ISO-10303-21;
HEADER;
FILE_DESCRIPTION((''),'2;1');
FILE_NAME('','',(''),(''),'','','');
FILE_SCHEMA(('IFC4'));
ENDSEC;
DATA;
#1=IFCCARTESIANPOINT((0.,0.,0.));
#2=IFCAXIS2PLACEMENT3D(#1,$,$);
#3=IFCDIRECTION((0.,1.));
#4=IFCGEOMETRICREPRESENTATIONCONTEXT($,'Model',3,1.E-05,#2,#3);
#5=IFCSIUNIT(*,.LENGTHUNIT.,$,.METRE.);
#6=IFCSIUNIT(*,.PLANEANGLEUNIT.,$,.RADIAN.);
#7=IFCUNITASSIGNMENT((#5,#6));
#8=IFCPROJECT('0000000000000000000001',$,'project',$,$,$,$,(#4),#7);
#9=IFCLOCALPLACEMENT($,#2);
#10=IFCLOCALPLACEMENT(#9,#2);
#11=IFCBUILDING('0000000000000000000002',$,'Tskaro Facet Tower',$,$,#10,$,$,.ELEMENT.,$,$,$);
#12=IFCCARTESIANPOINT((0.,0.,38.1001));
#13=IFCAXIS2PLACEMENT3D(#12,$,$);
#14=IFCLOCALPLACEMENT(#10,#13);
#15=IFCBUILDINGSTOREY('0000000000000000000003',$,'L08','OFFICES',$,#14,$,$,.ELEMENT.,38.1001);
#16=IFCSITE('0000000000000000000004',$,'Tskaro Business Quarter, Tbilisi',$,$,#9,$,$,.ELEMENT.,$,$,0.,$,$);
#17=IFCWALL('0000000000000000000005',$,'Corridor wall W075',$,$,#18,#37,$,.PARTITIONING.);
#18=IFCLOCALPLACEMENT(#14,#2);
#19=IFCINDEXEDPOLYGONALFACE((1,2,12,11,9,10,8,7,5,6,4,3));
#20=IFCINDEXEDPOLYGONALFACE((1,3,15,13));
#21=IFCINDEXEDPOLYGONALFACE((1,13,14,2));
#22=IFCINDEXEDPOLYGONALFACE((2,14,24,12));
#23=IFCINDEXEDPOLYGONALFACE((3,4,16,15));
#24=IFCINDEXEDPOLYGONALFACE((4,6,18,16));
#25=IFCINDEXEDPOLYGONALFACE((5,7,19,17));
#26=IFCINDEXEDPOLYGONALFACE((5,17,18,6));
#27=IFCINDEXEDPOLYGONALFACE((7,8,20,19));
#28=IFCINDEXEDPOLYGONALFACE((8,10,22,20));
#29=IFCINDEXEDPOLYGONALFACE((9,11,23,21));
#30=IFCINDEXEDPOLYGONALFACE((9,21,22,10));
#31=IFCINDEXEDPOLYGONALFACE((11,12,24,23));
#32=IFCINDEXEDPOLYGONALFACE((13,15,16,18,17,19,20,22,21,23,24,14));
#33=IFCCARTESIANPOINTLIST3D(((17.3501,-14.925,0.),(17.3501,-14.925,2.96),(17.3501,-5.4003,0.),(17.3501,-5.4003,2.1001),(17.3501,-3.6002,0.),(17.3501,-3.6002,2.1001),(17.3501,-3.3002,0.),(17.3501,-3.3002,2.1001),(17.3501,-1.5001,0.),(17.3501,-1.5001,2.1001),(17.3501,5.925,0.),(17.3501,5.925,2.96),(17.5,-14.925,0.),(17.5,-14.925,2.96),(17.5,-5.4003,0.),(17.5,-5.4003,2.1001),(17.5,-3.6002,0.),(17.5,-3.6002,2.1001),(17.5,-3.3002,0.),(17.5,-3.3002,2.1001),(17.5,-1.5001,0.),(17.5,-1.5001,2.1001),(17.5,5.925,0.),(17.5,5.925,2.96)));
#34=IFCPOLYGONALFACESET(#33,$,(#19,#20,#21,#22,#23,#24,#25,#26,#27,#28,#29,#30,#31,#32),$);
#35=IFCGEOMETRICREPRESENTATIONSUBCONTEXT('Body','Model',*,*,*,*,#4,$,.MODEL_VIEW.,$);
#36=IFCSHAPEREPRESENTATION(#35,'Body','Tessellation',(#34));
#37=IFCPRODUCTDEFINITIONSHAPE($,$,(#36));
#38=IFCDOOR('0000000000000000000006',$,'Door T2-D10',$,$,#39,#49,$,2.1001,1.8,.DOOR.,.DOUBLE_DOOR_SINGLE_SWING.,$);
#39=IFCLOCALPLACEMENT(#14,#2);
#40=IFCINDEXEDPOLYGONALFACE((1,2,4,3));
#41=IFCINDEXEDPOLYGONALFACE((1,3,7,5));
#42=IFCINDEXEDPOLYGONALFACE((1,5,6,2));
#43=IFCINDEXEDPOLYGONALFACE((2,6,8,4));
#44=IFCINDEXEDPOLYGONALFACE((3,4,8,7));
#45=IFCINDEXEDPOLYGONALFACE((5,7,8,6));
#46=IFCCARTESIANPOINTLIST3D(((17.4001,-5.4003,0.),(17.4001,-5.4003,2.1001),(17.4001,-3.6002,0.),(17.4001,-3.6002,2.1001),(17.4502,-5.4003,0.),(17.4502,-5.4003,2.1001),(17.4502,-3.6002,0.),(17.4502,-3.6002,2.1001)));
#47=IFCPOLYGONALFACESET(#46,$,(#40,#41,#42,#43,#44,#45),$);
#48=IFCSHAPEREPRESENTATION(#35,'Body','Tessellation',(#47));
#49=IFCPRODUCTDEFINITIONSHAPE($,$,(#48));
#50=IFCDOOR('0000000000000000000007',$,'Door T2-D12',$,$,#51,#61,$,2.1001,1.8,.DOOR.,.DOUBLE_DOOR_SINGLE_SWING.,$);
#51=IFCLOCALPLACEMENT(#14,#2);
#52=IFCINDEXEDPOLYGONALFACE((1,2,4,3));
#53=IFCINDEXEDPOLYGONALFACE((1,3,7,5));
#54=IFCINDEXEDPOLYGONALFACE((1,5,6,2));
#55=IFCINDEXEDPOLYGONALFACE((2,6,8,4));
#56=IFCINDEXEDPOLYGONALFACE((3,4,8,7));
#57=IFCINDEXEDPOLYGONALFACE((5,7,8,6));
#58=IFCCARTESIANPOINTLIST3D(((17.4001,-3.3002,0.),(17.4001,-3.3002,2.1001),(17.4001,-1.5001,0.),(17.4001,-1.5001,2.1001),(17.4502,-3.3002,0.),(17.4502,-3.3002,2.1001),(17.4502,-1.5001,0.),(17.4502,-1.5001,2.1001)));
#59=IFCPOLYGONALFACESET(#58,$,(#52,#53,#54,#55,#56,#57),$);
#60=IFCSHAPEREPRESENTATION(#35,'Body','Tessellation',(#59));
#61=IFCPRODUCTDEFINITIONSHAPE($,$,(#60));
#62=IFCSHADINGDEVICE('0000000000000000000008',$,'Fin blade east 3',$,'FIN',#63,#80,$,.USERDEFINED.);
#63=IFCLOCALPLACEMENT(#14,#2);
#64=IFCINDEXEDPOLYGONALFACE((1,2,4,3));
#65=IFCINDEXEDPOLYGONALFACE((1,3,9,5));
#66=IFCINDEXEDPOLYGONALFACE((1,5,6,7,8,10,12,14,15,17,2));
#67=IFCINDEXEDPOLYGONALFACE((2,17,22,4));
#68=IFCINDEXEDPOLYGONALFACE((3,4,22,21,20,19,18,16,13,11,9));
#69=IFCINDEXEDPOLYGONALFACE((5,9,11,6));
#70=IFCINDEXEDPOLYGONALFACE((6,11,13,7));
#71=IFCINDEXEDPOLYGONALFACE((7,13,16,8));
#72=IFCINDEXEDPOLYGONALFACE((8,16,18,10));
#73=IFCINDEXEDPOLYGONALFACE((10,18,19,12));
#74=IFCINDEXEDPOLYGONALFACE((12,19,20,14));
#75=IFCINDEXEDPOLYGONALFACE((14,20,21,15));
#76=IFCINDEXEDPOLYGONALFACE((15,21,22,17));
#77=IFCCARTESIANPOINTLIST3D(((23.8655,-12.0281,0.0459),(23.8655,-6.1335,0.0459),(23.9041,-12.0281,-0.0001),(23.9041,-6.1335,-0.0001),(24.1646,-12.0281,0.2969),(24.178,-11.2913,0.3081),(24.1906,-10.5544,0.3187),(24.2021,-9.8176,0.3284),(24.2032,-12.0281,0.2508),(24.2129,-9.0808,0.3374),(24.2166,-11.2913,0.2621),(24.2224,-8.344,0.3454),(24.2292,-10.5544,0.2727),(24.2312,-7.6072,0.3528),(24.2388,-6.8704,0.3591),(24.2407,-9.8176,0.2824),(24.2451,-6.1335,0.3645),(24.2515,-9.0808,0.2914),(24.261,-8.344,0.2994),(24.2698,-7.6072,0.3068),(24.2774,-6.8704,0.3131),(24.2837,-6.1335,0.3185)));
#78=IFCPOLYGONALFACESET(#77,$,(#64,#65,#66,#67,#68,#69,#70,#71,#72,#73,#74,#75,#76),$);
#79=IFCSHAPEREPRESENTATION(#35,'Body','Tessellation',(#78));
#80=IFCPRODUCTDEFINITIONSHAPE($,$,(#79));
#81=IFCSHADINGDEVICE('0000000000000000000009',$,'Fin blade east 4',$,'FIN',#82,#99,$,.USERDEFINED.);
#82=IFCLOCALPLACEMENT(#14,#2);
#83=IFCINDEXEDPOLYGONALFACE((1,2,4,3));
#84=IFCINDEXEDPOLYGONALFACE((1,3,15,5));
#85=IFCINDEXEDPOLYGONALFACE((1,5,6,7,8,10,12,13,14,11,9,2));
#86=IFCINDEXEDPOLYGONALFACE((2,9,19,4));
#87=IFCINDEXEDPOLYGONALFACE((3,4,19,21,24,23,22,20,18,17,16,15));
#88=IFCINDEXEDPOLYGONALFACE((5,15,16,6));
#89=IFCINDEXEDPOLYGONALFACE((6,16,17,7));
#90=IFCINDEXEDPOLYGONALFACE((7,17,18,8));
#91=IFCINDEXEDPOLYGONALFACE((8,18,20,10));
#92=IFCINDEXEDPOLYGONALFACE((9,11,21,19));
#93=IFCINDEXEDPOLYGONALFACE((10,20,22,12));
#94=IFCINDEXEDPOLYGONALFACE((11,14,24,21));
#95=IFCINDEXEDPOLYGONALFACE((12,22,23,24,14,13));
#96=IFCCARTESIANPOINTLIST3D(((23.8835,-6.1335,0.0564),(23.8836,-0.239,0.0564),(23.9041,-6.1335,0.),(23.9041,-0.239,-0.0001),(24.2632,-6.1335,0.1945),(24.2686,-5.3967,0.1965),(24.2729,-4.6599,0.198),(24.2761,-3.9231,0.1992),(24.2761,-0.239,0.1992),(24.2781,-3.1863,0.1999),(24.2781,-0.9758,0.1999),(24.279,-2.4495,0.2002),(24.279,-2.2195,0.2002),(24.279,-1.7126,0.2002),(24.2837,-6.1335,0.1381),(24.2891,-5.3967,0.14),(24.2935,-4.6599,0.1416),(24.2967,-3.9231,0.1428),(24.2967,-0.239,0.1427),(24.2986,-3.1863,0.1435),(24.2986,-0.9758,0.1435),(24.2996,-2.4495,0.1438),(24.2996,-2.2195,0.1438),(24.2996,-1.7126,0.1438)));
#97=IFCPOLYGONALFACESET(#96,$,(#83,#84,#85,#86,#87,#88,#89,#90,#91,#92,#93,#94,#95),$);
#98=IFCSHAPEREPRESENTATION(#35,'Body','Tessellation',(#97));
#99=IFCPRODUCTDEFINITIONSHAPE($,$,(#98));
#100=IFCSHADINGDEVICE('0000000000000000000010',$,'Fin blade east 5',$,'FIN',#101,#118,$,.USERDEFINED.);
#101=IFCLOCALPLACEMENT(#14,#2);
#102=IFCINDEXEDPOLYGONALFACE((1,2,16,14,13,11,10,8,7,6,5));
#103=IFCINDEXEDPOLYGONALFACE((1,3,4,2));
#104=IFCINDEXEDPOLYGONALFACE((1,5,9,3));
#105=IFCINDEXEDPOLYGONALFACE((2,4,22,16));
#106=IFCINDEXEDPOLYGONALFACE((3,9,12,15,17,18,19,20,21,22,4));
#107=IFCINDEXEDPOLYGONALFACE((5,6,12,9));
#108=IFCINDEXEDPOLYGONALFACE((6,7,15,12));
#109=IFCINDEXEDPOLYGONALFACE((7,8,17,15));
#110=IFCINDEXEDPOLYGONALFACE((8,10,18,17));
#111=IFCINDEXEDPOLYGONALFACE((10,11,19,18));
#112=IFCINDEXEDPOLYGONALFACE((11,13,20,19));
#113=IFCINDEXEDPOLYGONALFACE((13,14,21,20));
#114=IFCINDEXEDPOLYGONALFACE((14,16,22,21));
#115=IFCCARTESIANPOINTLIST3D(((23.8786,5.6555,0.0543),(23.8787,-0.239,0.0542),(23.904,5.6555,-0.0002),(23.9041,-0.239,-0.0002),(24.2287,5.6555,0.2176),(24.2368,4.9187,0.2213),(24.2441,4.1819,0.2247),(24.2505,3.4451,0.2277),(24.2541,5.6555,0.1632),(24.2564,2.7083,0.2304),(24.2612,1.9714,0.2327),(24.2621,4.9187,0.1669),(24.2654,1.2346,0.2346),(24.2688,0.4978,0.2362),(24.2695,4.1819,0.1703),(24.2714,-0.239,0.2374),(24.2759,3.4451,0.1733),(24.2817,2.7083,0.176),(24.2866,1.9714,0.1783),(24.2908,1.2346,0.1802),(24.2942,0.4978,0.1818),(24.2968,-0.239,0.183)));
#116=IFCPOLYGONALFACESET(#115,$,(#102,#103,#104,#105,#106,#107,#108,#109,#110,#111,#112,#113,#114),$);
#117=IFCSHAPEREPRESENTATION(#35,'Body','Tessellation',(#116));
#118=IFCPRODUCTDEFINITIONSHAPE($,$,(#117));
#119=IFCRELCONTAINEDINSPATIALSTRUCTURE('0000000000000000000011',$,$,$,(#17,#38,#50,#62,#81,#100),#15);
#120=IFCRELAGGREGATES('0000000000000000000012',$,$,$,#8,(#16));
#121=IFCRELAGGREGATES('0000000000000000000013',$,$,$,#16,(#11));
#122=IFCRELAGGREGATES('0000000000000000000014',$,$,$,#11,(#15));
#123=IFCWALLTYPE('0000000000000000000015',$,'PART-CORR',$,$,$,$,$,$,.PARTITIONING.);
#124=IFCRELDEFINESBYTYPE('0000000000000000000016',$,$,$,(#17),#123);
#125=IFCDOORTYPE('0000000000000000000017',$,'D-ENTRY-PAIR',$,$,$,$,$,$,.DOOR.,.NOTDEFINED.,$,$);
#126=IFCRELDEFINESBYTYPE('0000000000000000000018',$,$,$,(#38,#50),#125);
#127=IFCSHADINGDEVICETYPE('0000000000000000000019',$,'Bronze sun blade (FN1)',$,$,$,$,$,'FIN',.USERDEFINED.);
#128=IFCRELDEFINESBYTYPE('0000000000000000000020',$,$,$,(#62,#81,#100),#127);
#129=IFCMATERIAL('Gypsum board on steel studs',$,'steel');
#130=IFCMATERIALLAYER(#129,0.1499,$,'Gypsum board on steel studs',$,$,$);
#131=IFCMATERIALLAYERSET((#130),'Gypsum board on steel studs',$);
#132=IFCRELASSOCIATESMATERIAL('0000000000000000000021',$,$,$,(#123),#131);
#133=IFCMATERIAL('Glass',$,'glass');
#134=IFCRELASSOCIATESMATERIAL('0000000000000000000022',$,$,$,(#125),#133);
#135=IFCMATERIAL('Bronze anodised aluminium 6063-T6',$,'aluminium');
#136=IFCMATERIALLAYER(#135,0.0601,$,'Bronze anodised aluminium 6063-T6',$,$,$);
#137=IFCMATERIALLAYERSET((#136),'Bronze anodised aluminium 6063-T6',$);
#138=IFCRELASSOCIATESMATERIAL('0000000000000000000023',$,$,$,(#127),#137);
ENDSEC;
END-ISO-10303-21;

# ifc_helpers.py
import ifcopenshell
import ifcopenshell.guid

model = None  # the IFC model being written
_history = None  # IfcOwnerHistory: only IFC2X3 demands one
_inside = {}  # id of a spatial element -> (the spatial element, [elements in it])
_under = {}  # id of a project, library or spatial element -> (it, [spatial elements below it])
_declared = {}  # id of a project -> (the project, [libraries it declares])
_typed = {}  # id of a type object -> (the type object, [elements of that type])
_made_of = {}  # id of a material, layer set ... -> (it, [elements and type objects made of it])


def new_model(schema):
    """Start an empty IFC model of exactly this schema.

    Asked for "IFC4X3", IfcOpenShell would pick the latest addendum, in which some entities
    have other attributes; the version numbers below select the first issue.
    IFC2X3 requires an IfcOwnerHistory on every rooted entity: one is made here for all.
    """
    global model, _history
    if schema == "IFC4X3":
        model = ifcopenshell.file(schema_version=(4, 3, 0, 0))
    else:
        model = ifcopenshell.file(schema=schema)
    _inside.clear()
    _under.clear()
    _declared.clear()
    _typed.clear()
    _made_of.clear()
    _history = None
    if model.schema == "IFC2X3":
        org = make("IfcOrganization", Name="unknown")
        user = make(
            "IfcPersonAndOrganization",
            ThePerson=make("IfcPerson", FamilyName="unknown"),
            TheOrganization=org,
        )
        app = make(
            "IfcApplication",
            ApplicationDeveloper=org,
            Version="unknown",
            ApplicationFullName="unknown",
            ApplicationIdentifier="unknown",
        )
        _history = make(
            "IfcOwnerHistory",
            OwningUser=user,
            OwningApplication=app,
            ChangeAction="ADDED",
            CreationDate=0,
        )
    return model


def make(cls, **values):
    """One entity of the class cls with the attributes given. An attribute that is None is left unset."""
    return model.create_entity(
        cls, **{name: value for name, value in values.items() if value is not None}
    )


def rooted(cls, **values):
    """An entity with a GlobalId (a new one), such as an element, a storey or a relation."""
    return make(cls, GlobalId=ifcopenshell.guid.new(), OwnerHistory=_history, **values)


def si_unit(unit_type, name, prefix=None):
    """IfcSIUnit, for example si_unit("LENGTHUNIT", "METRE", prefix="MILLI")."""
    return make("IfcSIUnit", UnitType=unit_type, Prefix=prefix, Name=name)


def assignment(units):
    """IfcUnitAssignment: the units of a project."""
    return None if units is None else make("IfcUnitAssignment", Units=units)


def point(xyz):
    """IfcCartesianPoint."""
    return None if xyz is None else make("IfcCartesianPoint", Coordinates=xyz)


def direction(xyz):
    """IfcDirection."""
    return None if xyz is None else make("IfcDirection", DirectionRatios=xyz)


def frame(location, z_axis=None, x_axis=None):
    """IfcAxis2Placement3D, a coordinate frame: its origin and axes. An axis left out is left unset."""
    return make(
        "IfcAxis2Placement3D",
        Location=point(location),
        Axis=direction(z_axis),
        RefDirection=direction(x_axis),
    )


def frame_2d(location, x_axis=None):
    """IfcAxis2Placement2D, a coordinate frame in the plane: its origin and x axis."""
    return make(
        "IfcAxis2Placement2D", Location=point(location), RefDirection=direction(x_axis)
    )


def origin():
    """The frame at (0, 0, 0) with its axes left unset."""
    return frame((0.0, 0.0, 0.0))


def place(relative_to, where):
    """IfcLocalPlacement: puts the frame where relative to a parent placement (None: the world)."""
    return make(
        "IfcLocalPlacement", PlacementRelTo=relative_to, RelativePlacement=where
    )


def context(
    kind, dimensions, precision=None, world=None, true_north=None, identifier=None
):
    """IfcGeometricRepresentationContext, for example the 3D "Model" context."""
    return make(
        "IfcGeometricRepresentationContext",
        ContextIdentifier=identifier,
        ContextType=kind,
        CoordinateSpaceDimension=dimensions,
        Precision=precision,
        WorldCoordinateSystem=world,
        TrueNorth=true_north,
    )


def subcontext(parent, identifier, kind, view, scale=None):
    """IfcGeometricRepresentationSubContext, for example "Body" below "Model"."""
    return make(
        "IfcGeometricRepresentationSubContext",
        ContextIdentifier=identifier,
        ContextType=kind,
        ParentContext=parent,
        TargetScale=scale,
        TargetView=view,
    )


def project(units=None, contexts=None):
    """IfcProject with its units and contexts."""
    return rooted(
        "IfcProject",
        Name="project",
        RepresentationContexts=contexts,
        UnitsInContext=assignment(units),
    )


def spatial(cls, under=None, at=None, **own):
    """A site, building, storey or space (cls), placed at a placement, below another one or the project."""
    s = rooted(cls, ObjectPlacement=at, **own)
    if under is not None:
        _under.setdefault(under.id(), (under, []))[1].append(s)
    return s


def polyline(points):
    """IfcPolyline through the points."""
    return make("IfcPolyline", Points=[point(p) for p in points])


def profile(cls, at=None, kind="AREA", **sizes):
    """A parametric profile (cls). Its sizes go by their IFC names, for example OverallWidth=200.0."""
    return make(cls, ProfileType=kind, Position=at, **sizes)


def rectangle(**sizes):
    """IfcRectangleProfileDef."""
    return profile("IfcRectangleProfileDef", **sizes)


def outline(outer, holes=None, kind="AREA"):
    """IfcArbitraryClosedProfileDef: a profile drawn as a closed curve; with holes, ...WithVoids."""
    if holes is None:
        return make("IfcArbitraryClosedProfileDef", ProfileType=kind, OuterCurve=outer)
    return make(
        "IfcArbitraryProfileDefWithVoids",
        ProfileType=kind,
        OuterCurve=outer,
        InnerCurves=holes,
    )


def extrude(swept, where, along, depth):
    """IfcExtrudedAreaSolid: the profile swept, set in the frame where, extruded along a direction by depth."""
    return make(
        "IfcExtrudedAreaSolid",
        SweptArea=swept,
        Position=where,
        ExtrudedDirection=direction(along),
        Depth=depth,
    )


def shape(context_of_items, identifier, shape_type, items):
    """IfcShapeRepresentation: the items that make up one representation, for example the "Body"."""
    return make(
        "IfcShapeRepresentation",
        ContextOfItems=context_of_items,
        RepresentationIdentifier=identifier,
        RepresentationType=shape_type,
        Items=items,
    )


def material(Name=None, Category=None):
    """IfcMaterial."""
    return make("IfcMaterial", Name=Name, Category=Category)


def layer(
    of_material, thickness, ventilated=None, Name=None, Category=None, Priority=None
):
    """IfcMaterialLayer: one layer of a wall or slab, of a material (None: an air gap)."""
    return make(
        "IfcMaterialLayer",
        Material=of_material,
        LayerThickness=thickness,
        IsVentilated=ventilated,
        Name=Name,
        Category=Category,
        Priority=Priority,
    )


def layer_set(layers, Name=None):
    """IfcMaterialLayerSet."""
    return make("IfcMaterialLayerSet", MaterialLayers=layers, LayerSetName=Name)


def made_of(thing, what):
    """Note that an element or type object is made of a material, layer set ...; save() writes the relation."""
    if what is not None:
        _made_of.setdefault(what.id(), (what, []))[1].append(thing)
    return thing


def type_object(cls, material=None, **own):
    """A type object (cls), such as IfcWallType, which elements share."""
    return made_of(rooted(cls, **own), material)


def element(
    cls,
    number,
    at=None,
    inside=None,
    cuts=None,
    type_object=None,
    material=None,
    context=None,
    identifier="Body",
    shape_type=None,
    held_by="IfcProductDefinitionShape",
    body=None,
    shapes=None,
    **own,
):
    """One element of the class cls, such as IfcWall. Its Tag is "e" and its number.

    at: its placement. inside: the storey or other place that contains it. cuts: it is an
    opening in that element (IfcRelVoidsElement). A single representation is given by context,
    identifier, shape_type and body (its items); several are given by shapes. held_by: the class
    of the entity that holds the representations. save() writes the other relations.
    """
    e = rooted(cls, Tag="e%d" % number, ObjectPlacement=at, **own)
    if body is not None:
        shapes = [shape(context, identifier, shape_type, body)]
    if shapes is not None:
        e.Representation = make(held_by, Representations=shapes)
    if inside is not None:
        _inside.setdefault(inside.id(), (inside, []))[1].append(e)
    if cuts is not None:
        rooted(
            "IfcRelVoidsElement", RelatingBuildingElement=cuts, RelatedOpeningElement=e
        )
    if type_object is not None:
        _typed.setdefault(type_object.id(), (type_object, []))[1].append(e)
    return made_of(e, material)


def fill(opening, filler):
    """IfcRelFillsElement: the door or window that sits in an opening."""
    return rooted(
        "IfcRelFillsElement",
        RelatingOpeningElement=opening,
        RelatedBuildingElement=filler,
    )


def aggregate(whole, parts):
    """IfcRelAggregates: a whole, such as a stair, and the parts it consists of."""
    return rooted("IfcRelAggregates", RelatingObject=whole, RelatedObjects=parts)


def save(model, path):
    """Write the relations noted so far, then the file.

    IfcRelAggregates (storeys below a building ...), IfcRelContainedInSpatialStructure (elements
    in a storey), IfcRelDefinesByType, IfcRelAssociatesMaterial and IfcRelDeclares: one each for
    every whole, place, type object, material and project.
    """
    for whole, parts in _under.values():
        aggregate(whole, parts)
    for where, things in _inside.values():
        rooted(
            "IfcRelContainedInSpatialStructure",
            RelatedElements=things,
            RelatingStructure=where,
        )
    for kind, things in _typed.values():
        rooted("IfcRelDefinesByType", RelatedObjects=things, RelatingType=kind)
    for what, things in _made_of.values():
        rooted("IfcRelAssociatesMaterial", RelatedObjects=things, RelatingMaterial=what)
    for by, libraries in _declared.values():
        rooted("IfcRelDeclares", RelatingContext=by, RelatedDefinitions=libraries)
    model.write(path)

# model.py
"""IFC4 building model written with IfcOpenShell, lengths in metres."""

from ifc_helpers import new_model, si_unit, direction, frame, frame_2d, origin, place, context, subcontext, project, spatial, polyline, rectangle, outline, extrude, material, layer, layer_set, type_object, element, fill, save


model = new_model("IFC4")

# Units and contexts
model_context = context("Model", 3, precision=1e-05, world=origin(), true_north=direction((0.0, 1.0)))
body_context = subcontext(model_context, "Body", "Model", "MODEL_VIEW")
ifc_project = project(units=[si_unit("LENGTHUNIT", "METRE"), si_unit("PLANEANGLEUNIT", "RADIAN")], contexts=[model_context])

# Site, building, storey
site_placement = place(None, origin())
site = spatial("IfcSite", under=ifc_project, at=site_placement, Name="Tskaro Business Quarter, Tbilisi", CompositionType="ELEMENT", RefElevation=0.0)
building_placement = place(site_placement, origin())
building = spatial("IfcBuilding", under=site, at=building_placement, Name="Tskaro Facet Tower", CompositionType="ELEMENT")
storey_placement = place(building_placement, frame((0.0, 0.0, 38.1001)))
storey = spatial("IfcBuildingStorey", under=building, at=storey_placement, Name="L08", Description="OFFICES", CompositionType="ELEMENT", Elevation=38.1001)

# Shared definitions
ifc_material_1 = material(Name="Bronze anodised aluminium 6063-T6", Category="aluminium")

# Shared definitions
ifc_material_2 = material(Name="Gypsum board on steel studs", Category="steel")

# Wall, openings, doors
ifc_layer_1 = layer(ifc_material_2, 0.1499, Name="Gypsum board on steel studs")
ifc_layer_set_1 = layer_set([ifc_layer_1], Name="Gypsum board on steel studs")
wall_type_1 = type_object("IfcWallType", Name="PART-CORR", PredefinedType="PARTITIONING", material=ifc_layer_set_1)
wall_1_placement = place(storey_placement, frame((17.425, -14.925, 0.0), z_axis=(0.0, 0.0, 1.0), x_axis=(0.0, 1.0, 0.0)))
wall_1 = element("IfcWall", 1, at=wall_1_placement, inside=storey, type_object=wall_type_1, Name="Corridor wall W075", PredefinedType="PARTITIONING", context=body_context, shape_type="SweptSolid", body=[
    extrude(rectangle(XDim=20.8501, YDim=0.1499, at=frame_2d((10.425, 0.0))), origin(), (0.0, 0.0, 1.0), 2.96),
])
opening_1_placement = place(wall_1_placement, frame((9.5249, 0.0, 0.0)))
opening_1 = element("IfcOpeningElement", 2, at=opening_1_placement, cuts=wall_1, PredefinedType="OPENING", context=body_context, shape_type="SweptSolid", body=[
    extrude(rectangle(XDim=1.8, YDim=2.1001, at=frame_2d((0.8999, 1.05))), frame((0.0, 0.085, 0.0), z_axis=(0.0, -1.0, 0.0), x_axis=(1.0, 0.0, 0.0)), (0.0, 0.0, 1.0), 0.1699),
])
opening_2_placement = place(wall_1_placement, frame((11.625, 0.0, 0.0)))
opening_2 = element("IfcOpeningElement", 3, at=opening_2_placement, cuts=wall_1, PredefinedType="OPENING", context=body_context, shape_type="SweptSolid", body=[
    extrude(rectangle(XDim=1.8, YDim=2.1001, at=frame_2d((0.8999, 1.05))), frame((0.0, 0.085, 0.0), z_axis=(0.0, -1.0, 0.0), x_axis=(1.0, 0.0, 0.0)), (0.0, 0.0, 1.0), 0.1699),
])
ifc_material_3 = material(Name="Glass", Category="glass")
door_type_1 = type_object("IfcDoorType", Name="D-ENTRY-PAIR", OperationType="NOTDEFINED", PredefinedType="DOOR", material=ifc_material_3)
door_1_placement = place(opening_1_placement, origin())
door_1 = element("IfcDoor", 4, at=door_1_placement, inside=storey, type_object=door_type_1, Name="Door T2-D10", OperationType="DOUBLE_DOOR_SINGLE_SWING", OverallHeight=2.1001, OverallWidth=1.8, PredefinedType="DOOR", context=body_context, shape_type="SweptSolid", body=[
    extrude(rectangle(XDim=1.8, YDim=2.1001, at=frame_2d((0.8999, 1.05))), frame((0.0, 0.0249, 0.0), z_axis=(0.0, -1.0, 0.0), x_axis=(1.0, 0.0, 0.0)), (0.0, 0.0, 1.0), 0.05),
])
fill(opening_1, door_1)
door_2_placement = place(opening_2_placement, origin())
door_2 = element("IfcDoor", 5, at=door_2_placement, inside=storey, type_object=door_type_1, Name="Door T2-D12", OperationType="DOUBLE_DOOR_SINGLE_SWING", OverallHeight=2.1001, OverallWidth=1.8, PredefinedType="DOOR", context=body_context, shape_type="SweptSolid", body=[
    extrude(rectangle(XDim=1.8, YDim=2.1001, at=frame_2d((0.8999, 1.05))), frame((0.0, 0.0249, 0.0), z_axis=(0.0, -1.0, 0.0), x_axis=(1.0, 0.0, 0.0)), (0.0, 0.0, 1.0), 0.05),
])
fill(opening_2, door_2)

# Shading devices
ifc_layer_2 = layer(ifc_material_1, 0.0601, Name="Bronze anodised aluminium 6063-T6")
ifc_layer_set_2 = layer_set([ifc_layer_2], Name="Bronze anodised aluminium 6063-T6")
shading_device_type = type_object("IfcShadingDeviceType", Name="Bronze sun blade (FN1)", ElementType="FIN", PredefinedType="USERDEFINED", material=ifc_layer_set_2)
shading_device_1_placement = place(storey_placement, frame((23.8655, -12.0281, 0.0459), z_axis=(-0.64277, -0.000003, 0.76606), x_axis=(-0.000002, 1.0, 0.000002)))
element("IfcShadingDevice", 6, at=shading_device_1_placement, inside=storey, type_object=shading_device_type, Name="Fin blade east 3", ObjectType="FIN", PredefinedType="USERDEFINED", context=body_context, shape_type="SweptSolid", body=[
    extrude(outline(polyline([(0.0, 0.0), (5.8945, 0.0), (5.8945, -0.4956), (5.1577, -0.4873), (4.4209, -0.4774), (3.6841, -0.466), (2.9473, -0.4535), (2.2104, -0.4395), (1.4736, -0.4244), (0.7368, -0.4079), (0.0, -0.3904), (0.0, 0.0)])), origin(), (0.0, 0.0, -1.0), 0.0601),
])
shading_device_2_placement = place(storey_placement, frame((23.8835, -6.1335, 0.0564), z_axis=(-0.341858, 0.000005, 0.939752), x_axis=(0.000002, 1.0, -0.000005)))
element("IfcShadingDevice", 7, at=shading_device_2_placement, inside=storey, type_object=shading_device_type, Name="Fin blade east 4", ObjectType="FIN", PredefinedType="USERDEFINED", context=body_context, shape_type="SweptSolid", body=[
    extrude(outline(polyline([(0.0, 0.0), (5.8945, 0.0), (5.8945, -0.4178), (5.1577, -0.4198), (4.4209, -0.4208), (3.9141, -0.4208), (3.6841, -0.4208), (2.9473, -0.4198), (2.2104, -0.4178), (1.4736, -0.4144), (0.7368, -0.4097), (0.0, -0.404), (0.0, 0.0)])), origin(), (0.0, 0.0, -1.0), 0.0601),
])
shading_device_3_placement = place(storey_placement, frame((23.8787, -0.239, 0.0542), z_axis=(-0.422789, -0.000013, 0.906228), x_axis=(-0.000005, 1.0, 0.000011)))
element("IfcShadingDevice", 8, at=shading_device_3_placement, inside=storey, type_object=shading_device_type, Name="Fin blade east 5", ObjectType="FIN", PredefinedType="USERDEFINED", context=body_context, shape_type="SweptSolid", body=[
    extrude(outline(polyline([(0.0, 0.0), (5.8945, 0.0), (5.8945, -0.3863), (5.1577, -0.3952), (4.4209, -0.4033), (3.6841, -0.4103), (2.9473, -0.4168), (2.2104, -0.4221), (1.4736, -0.4267), (0.7368, -0.4306), (0.0, -0.4334), (0.0, 0.0)])), origin(), (0.0, 0.0, -1.0), 0.0601),
])

save(model, "model.ifc")
